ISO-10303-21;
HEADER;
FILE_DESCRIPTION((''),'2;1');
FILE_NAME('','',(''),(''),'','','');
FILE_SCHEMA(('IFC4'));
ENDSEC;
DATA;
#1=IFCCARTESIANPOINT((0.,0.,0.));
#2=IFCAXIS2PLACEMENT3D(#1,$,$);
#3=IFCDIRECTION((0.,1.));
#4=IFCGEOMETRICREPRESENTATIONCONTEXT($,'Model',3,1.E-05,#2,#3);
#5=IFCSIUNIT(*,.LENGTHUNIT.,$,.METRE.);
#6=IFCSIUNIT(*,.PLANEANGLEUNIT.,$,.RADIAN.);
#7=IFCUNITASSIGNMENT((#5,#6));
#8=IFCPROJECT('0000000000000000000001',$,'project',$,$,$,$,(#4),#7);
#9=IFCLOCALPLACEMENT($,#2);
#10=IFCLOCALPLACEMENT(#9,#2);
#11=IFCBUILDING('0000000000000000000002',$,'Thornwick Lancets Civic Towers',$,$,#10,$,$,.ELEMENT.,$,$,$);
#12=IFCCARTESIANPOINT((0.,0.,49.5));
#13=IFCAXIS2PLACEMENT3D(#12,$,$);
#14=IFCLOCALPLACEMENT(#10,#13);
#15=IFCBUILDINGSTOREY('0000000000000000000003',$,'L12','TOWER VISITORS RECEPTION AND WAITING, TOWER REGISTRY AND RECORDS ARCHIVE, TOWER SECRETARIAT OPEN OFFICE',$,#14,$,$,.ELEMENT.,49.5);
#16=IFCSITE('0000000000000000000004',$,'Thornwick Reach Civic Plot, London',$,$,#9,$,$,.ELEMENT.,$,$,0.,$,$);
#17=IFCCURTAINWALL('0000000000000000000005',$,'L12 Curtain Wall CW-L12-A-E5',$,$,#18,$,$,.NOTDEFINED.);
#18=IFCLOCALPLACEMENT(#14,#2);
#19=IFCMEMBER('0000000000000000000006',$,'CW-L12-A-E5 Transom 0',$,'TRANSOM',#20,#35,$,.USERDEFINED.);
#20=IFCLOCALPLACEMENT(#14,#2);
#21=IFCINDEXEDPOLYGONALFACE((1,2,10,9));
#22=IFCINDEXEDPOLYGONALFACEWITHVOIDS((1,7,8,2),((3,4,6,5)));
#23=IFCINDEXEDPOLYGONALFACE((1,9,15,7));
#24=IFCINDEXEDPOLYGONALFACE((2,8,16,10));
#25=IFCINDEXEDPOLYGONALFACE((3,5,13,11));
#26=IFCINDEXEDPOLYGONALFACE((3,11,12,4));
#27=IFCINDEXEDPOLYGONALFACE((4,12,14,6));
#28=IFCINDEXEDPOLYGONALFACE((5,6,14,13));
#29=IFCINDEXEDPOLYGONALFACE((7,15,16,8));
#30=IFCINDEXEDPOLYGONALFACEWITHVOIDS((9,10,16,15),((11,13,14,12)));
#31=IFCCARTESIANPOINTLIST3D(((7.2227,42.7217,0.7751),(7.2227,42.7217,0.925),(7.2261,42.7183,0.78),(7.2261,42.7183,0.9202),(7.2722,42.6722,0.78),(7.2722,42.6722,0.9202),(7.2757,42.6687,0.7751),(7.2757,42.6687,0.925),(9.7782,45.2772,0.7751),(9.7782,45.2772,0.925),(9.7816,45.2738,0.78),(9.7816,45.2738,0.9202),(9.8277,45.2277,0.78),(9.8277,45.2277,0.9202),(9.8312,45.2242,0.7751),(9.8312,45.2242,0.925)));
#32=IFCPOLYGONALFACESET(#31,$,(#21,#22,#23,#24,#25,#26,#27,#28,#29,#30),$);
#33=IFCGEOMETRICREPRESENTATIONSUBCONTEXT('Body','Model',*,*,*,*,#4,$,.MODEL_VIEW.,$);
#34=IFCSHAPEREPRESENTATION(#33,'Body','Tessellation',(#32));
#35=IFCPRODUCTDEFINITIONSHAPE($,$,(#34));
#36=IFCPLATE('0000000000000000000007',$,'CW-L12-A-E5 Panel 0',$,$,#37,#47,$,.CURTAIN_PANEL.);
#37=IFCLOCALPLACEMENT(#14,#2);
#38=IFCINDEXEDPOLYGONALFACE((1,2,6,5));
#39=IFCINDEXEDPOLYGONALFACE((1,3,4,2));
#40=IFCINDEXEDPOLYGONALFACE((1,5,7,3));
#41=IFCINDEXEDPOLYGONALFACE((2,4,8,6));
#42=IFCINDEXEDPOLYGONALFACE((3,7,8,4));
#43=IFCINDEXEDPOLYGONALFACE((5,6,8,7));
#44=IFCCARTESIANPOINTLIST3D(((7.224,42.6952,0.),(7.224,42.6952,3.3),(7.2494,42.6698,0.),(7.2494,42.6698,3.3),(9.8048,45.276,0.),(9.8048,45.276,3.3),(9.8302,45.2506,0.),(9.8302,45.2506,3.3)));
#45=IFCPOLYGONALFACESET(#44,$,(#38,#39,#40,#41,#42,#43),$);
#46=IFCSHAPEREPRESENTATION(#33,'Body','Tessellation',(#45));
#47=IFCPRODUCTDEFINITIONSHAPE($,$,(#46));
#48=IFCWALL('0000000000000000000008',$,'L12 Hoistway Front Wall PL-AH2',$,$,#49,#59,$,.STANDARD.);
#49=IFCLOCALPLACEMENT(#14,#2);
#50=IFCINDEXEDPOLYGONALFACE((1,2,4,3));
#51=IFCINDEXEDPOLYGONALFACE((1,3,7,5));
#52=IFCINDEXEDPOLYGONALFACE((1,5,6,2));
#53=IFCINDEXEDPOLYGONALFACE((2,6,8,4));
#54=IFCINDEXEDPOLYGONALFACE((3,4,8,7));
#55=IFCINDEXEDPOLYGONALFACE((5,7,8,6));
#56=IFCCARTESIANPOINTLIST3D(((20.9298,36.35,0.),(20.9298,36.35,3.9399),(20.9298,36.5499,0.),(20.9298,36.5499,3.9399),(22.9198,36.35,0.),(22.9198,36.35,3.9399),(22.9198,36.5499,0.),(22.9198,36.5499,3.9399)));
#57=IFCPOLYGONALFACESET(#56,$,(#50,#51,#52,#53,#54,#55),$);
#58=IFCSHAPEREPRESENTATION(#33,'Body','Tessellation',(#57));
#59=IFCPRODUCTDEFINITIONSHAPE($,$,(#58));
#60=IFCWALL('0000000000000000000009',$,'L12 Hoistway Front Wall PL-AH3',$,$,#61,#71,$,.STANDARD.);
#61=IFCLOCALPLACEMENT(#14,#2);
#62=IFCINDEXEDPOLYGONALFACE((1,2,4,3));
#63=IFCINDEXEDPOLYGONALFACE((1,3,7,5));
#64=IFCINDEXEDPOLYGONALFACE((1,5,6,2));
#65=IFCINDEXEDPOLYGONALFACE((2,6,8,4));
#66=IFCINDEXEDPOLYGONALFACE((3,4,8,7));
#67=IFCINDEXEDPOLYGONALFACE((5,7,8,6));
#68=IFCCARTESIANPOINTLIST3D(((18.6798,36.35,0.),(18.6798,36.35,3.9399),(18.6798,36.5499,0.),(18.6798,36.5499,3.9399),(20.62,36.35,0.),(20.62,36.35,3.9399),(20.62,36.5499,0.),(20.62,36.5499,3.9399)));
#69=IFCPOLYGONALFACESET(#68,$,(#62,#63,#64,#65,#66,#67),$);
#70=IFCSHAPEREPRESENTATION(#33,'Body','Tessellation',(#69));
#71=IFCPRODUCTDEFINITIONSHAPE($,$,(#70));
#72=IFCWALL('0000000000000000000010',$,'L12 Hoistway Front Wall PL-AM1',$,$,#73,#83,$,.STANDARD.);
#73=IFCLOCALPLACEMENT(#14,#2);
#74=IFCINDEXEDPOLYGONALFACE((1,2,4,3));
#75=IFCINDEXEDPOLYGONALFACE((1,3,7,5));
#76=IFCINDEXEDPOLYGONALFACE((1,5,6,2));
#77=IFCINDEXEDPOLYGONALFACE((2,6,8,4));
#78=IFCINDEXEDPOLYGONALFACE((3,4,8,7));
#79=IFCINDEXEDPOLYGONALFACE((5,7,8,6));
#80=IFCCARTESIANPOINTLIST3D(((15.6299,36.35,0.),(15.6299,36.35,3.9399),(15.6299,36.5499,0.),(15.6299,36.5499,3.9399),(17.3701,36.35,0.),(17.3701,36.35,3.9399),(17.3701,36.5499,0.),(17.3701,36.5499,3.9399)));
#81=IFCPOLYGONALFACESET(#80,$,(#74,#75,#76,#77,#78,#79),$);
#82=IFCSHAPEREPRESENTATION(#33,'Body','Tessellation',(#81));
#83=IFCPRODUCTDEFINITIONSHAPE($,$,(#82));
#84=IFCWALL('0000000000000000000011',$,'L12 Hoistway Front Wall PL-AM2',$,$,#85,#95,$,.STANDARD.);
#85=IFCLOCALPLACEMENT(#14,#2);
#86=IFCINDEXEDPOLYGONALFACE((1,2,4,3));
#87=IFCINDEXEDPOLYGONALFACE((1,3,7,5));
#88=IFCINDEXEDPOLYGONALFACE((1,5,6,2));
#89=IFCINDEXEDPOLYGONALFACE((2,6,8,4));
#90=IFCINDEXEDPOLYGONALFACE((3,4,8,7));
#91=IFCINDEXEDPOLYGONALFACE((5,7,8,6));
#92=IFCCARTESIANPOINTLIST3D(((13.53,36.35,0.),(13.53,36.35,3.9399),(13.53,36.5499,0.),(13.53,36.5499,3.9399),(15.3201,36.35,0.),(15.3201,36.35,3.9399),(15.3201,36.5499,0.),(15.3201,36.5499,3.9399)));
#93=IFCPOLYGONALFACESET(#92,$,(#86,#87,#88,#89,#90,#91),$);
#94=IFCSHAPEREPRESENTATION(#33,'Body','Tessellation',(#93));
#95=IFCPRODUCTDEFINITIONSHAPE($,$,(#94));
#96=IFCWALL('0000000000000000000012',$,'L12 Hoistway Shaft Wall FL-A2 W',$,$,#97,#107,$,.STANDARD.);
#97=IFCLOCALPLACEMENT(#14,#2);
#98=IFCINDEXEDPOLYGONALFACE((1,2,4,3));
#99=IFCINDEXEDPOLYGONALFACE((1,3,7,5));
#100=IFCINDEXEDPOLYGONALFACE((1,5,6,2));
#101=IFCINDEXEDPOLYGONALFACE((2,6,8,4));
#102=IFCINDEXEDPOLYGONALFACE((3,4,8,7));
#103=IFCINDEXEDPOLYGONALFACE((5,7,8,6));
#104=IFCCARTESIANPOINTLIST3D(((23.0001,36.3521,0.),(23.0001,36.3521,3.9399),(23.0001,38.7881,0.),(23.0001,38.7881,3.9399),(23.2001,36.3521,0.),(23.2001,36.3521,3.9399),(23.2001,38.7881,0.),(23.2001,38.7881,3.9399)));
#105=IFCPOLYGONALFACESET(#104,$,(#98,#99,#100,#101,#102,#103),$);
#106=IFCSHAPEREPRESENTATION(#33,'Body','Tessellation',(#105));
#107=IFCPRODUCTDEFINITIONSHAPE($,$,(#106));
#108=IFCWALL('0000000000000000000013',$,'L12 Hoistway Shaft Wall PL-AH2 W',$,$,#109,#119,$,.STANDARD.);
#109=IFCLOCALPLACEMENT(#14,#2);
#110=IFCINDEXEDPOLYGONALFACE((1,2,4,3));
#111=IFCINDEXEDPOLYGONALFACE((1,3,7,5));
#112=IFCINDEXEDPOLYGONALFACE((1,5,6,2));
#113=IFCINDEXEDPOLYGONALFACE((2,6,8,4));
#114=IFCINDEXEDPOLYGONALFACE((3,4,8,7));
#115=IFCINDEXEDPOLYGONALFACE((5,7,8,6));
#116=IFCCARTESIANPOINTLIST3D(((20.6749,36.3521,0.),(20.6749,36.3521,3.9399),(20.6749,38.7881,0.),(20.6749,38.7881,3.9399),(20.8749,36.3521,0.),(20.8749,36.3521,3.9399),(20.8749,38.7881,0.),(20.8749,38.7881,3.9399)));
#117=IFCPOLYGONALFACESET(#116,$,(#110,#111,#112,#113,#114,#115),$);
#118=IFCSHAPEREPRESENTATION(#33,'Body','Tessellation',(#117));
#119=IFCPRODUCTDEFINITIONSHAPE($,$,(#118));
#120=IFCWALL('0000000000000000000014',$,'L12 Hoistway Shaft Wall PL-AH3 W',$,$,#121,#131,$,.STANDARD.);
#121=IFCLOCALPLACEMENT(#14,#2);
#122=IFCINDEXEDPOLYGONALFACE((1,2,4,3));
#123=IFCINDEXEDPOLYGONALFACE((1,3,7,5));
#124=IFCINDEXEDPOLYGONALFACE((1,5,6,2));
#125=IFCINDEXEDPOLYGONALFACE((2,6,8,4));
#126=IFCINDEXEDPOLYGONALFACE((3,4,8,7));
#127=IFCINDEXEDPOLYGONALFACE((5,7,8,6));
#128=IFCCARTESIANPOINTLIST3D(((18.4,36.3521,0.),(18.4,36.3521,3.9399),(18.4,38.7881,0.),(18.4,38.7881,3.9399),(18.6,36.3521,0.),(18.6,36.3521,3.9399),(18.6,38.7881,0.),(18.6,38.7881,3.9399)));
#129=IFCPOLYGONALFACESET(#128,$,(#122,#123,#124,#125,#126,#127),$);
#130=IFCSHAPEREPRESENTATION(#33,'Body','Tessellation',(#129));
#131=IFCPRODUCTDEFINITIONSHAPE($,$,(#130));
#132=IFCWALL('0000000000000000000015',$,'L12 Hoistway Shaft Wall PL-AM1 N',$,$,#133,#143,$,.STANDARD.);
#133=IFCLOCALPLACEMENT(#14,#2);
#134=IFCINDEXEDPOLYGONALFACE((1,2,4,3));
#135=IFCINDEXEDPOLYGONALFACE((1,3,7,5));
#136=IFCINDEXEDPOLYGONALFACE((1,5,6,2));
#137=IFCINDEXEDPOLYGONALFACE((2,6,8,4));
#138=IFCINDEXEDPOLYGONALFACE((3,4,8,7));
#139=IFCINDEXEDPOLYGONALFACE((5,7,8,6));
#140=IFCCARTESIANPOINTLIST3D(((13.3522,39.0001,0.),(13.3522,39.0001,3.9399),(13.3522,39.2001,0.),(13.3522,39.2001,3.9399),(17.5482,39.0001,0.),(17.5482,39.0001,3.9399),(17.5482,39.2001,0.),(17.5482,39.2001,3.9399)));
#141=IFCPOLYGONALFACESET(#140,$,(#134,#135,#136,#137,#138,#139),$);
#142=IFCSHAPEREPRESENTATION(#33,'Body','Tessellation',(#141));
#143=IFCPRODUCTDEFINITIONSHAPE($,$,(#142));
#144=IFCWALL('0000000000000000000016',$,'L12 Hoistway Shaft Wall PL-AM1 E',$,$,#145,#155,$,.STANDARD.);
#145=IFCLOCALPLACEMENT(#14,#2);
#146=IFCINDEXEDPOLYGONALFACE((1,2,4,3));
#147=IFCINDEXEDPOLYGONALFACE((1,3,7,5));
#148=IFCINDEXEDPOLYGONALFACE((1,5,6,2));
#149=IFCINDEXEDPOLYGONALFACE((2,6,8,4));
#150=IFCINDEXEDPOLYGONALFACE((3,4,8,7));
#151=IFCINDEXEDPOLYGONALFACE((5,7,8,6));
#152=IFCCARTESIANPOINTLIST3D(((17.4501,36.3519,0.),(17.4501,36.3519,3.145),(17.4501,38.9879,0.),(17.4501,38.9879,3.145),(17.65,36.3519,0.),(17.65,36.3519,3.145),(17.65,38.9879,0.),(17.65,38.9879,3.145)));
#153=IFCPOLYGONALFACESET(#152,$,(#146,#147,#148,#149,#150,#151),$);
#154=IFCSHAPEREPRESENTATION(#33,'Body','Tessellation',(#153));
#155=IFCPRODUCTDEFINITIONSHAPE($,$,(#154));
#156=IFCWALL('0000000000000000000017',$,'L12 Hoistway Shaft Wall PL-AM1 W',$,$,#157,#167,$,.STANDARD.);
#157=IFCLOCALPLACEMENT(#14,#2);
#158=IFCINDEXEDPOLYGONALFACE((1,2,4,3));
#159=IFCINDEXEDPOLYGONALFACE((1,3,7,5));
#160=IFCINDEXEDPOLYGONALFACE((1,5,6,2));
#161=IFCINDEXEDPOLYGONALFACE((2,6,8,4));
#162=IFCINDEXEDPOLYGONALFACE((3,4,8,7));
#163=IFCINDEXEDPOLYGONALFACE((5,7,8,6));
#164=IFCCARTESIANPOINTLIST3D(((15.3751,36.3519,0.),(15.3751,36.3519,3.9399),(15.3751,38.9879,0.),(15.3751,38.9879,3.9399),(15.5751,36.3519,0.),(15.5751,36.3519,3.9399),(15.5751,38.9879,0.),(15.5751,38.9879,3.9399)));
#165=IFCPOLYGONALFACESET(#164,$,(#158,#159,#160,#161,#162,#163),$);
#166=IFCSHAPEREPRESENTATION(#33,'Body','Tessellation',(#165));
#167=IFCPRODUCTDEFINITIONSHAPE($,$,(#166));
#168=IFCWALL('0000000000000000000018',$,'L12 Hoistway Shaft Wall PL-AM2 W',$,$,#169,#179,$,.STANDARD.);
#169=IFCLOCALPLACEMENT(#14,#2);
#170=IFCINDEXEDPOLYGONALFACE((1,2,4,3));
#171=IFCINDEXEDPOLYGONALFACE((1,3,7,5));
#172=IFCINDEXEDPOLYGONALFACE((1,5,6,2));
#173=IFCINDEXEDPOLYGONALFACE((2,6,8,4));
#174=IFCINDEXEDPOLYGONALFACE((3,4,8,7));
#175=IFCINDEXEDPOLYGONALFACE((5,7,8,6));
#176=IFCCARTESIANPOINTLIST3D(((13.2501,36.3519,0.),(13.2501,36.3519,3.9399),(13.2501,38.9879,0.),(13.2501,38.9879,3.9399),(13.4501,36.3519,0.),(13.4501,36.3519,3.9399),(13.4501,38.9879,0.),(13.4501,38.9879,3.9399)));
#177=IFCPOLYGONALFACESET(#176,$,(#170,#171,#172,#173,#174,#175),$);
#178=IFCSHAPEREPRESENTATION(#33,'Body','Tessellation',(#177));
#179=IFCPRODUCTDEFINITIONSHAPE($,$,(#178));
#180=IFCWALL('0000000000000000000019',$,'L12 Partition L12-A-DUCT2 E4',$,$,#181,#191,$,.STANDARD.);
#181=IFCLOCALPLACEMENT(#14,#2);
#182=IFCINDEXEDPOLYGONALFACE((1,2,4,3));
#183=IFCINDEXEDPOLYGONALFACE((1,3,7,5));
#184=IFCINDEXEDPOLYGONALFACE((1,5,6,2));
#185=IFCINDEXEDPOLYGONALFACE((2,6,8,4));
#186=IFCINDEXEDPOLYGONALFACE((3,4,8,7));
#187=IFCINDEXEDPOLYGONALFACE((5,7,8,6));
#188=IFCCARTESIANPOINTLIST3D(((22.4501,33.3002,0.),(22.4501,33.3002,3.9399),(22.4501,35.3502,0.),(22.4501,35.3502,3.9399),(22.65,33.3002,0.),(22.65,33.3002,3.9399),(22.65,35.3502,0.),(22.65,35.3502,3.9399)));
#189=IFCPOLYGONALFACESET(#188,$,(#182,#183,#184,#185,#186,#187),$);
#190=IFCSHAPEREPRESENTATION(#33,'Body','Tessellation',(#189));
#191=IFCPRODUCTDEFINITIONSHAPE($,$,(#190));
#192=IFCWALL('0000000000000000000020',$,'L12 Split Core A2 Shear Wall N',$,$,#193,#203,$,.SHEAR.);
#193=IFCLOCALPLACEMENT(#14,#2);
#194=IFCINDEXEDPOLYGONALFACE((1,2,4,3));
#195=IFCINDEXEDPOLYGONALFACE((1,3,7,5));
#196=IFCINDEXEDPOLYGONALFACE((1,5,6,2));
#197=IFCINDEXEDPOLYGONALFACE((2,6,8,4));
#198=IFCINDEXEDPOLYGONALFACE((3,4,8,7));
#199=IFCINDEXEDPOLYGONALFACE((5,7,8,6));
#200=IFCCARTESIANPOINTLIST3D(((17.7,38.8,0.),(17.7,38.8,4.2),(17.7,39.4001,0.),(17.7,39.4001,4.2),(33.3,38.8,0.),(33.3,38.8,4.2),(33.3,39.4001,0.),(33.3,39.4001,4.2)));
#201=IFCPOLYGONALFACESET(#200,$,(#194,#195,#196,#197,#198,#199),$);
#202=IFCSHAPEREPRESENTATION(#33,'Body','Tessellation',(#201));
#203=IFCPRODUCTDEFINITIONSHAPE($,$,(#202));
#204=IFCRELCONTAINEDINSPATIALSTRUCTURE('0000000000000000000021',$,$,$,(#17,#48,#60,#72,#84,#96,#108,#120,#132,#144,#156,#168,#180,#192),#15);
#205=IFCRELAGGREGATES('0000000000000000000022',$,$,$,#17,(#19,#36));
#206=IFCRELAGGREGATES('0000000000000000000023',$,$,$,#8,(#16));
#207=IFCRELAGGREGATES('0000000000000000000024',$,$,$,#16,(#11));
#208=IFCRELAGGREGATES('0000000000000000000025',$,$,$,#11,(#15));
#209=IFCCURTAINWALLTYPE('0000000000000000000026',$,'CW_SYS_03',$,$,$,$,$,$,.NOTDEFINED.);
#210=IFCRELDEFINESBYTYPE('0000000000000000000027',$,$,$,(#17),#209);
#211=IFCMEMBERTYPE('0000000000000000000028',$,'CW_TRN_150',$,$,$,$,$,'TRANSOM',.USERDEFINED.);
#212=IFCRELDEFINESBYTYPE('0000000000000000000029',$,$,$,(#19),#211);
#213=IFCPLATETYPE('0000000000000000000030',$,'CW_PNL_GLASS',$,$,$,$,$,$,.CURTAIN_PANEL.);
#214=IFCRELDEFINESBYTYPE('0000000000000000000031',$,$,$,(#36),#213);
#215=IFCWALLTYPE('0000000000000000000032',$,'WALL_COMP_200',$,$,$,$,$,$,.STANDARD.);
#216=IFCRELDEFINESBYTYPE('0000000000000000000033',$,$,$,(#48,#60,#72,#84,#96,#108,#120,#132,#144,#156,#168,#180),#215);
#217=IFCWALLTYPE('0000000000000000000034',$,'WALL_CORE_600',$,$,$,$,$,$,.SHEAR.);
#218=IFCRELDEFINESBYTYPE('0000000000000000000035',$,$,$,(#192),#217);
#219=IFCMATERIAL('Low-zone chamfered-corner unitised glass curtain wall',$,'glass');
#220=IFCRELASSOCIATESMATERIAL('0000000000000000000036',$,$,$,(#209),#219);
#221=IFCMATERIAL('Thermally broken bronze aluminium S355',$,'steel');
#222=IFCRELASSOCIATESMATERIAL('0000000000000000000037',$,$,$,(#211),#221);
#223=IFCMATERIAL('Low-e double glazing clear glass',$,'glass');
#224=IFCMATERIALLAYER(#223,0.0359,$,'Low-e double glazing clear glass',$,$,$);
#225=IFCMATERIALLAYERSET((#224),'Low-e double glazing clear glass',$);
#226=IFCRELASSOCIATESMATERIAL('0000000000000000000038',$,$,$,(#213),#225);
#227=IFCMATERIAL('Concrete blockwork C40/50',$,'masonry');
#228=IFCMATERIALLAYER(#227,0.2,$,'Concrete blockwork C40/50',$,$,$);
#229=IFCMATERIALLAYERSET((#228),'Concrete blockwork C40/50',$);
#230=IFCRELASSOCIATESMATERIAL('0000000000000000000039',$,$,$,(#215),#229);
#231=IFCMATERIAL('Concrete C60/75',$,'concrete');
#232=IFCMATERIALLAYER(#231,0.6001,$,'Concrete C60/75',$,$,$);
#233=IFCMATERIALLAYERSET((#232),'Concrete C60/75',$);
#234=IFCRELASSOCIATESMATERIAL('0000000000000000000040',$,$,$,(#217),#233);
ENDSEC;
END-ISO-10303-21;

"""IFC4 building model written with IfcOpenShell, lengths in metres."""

from ifc_helpers import new_model, si_unit, direction, frame, frame_2d, origin, origin_2d, place, context, subcontext, project, spatial, rectangle, hollow_rectangle, extrude, material, layer, layer_set, material_profile, profile_set, type_object, element, aggregate, save


model = new_model("IFC4")

# Units and contexts
model_context = context("Model", 3, precision=1e-05, world=origin(), true_north=direction((0.0, 1.0)))
body_context = subcontext(model_context, "Body", "Model", "MODEL_VIEW")
ifc_project = project(units=[si_unit("LENGTHUNIT", "METRE"), si_unit("PLANEANGLEUNIT", "RADIAN")], contexts=[model_context])

# Site, building, storey
site_placement = place(None, origin())
site = spatial("IfcSite", under=ifc_project, at=site_placement, Name="Thornwick Reach Civic Plot, London", CompositionType="ELEMENT", RefElevation=0.0)
building_placement = place(site_placement, origin())
building = spatial("IfcBuilding", under=site, at=building_placement, Name="Thornwick Lancets Civic Towers", CompositionType="ELEMENT")
storey_placement = place(building_placement, frame((0.0, 0.0, 49.5)))
storey = spatial("IfcBuildingStorey", under=building, at=storey_placement, Name="L12", Description="TOWER VISITORS RECEPTION AND WAITING, TOWER REGISTRY AND RECORDS ARCHIVE, TOWER SECRETARIAT OPEN OFFICE", CompositionType="ELEMENT", Elevation=49.5)

# Shared definitions
ifc_material_1 = material(Name="Concrete C60/75", Category="concrete")

# Curtain wall, member, plate
ifc_material_2 = material(Name="Low-zone chamfered-corner unitised glass curtain wall", Category="glass")
curtain_wall_type = type_object("IfcCurtainWallType", Name="CW_SYS_03", PredefinedType="NOTDEFINED", material=ifc_material_2)
curtain_wall_placement = place(storey_placement, origin())
curtain_wall = element("IfcCurtainWall", 1, at=curtain_wall_placement, inside=storey, type_object=curtain_wall_type, Name="L12 Curtain Wall CW-L12-A-E5", PredefinedType="NOTDEFINED")
ifc_material_3 = material(Name="Thermally broken bronze aluminium S355", Category="steel")
ifc_material_profile_1 = material_profile(ifc_material_3, hollow_rectangle(XDim=0.075, YDim=0.1499, WallThickness=0.0049, at=origin_2d()), Name="RHS 150x75x5")
ifc_profile_set_1 = profile_set([ifc_material_profile_1], Name="Thermally broken bronze aluminium S355")
member_type_1 = type_object("IfcMemberType", Name="CW_TRN_150", ElementType="TRANSOM", PredefinedType="USERDEFINED", material=ifc_profile_set_1)
member_1_placement = place(storey_placement, frame((9.8047, 45.2507, 0.8501), z_axis=(-0.707107, -0.707107, 0.0), x_axis=(0.707107, -0.707107, 0.0)))
member_1 = element("IfcMember", 2, at=member_1_placement, type_object=member_type_1, Name="CW-L12-A-E5 Transom 0", ObjectType="TRANSOM", PredefinedType="USERDEFINED", context=body_context, shape_type="SweptSolid", body=[
    extrude(hollow_rectangle(XDim=0.075, YDim=0.1499, WallThickness=0.0049, at=origin_2d()), origin(), (0.0, 0.0, 1.0), 3.614),
])
ifc_material_4 = material(Name="Low-e double glazing clear glass", Category="glass")
ifc_layer_1 = layer(ifc_material_4, 0.0359, Name="Low-e double glazing clear glass")
ifc_layer_set_1 = layer_set([ifc_layer_1], Name="Low-e double glazing clear glass")
plate_type = type_object("IfcPlateType", Name="CW_PNL_GLASS", PredefinedType="CURTAIN_PANEL", material=ifc_layer_set_1)
plate_placement = place(storey_placement, frame((8.5271, 43.9729, 0.0), z_axis=(0.0, 0.0, 1.0), x_axis=(-0.707107, -0.707107, 0.0)))
plate = element("IfcPlate", 3, at=plate_placement, type_object=plate_type, Name="CW-L12-A-E5 Panel 0", PredefinedType="CURTAIN_PANEL", context=body_context, shape_type="SweptSolid", body=[
    extrude(rectangle(XDim=3.6499, YDim=0.0359, at=origin_2d()), origin(), (0.0, 0.0, 1.0), 3.3),
])
aggregate(curtain_wall, [member_1, plate])

# Walls
ifc_material_5 = material(Name="Concrete blockwork C40/50", Category="masonry")
ifc_layer_2 = layer(ifc_material_5, 0.2, Name="Concrete blockwork C40/50")
ifc_layer_set_2 = layer_set([ifc_layer_2], Name="Concrete blockwork C40/50")
wall_type_1 = type_object("IfcWallType", Name="WALL_COMP_200", PredefinedType="STANDARD", material=ifc_layer_set_2)
wall_1_placement = place(storey_placement, frame((22.9199, 36.45, 0.0), z_axis=(0.0, 0.0, 1.0), x_axis=(-1.0, 0.0, 0.0)))
element("IfcWall", 4, at=wall_1_placement, inside=storey, type_object=wall_type_1, Name="L12 Hoistway Front Wall PL-AH2", PredefinedType="STANDARD", context=body_context, shape_type="SweptSolid", body=[
    extrude(rectangle(XDim=1.99, YDim=0.2, at=frame_2d((0.9951, 0.0))), origin(), (0.0, 0.0, 1.0), 3.9399),
])
wall_2_placement = place(storey_placement, frame((20.6201, 36.45, 0.0), z_axis=(0.0, 0.0, 1.0), x_axis=(-1.0, 0.0, 0.0)))
element("IfcWall", 5, at=wall_2_placement, inside=storey, type_object=wall_type_1, Name="L12 Hoistway Front Wall PL-AH3", PredefinedType="STANDARD", context=body_context, shape_type="SweptSolid", body=[
    extrude(rectangle(XDim=1.9402, YDim=0.2, at=frame_2d((0.9702, 0.0))), origin(), (0.0, 0.0, 1.0), 3.9399),
])
wall_3_placement = place(storey_placement, frame((17.3701, 36.45, 0.0), z_axis=(0.0, 0.0, 1.0), x_axis=(-1.0, 0.0, 0.0)))
element("IfcWall", 6, at=wall_3_placement, inside=storey, type_object=wall_type_1, Name="L12 Hoistway Front Wall PL-AM1", PredefinedType="STANDARD", context=body_context, shape_type="SweptSolid", body=[
    extrude(rectangle(XDim=1.7402, YDim=0.2, at=frame_2d((0.8701, 0.0))), origin(), (0.0, 0.0, 1.0), 3.9399),
])
wall_4_placement = place(storey_placement, frame((15.3201, 36.45, 0.0), z_axis=(0.0, 0.0, 1.0), x_axis=(-1.0, 0.0, 0.0)))
element("IfcWall", 7, at=wall_4_placement, inside=storey, type_object=wall_type_1, Name="L12 Hoistway Front Wall PL-AM2", PredefinedType="STANDARD", context=body_context, shape_type="SweptSolid", body=[
    extrude(rectangle(XDim=1.79, YDim=0.2, at=frame_2d((0.895, 0.0))), origin(), (0.0, 0.0, 1.0), 3.9399),
])
for number, where, z_axis, x_axis, name in (
    (8, (23.1001, 36.3521, 0.0), (0.0, 0.0, 1.0), (0.0, 1.0, 0.0), "L12 Hoistway Shaft Wall FL-A2 W"),
    (9, (20.7749, 36.3521, 0.0), (0.0, 0.0, 1.0), (0.0, 1.0, 0.0), "L12 Hoistway Shaft Wall PL-AH2 W"),
    (10, (18.5, 36.3521, 0.0), (0.0, 0.0, 1.0), (0.0, 1.0, 0.0), "L12 Hoistway Shaft Wall PL-AH3 W"),
):
    element("IfcWall", number, at=place(storey_placement, frame(where, z_axis=z_axis, x_axis=x_axis)), inside=storey, type_object=wall_type_1, Name=name, PredefinedType="STANDARD", context=body_context, shape_type="SweptSolid", body=[
        extrude(rectangle(XDim=2.436, YDim=0.2, at=frame_2d((1.218, 0.0))), origin(), (0.0, 0.0, 1.0), 3.9399),
    ])
wall_5_placement = place(storey_placement, frame((13.3521, 39.1001, 0.0), z_axis=(0.0, 0.0, 1.0), x_axis=(1.0, 0.0, 0.0)))
element("IfcWall", 11, at=wall_5_placement, inside=storey, type_object=wall_type_1, Name="L12 Hoistway Shaft Wall PL-AM1 N", PredefinedType="STANDARD", context=body_context, shape_type="SweptSolid", body=[
    extrude(rectangle(XDim=4.196, YDim=0.2, at=frame_2d((2.0981, 0.0))), origin(), (0.0, 0.0, 1.0), 3.9399),
])
wall_6_placement = place(storey_placement, frame((17.55, 36.3521, 0.0), z_axis=(0.0, 0.0, 1.0), x_axis=(0.0, 1.0, 0.0)))
element("IfcWall", 12, at=wall_6_placement, inside=storey, type_object=wall_type_1, Name="L12 Hoistway Shaft Wall PL-AM1 E", PredefinedType="STANDARD", context=body_context, shape_type="SweptSolid", body=[
    extrude(rectangle(XDim=2.636, YDim=0.2, at=frame_2d((1.3179, 0.0))), origin(), (0.0, 0.0, 1.0), 3.145),
])
for number, where, z_axis, x_axis, name in (
    (13, (15.4751, 36.3521, 0.0), (0.0, 0.0, 1.0), (0.0, 1.0, 0.0), "L12 Hoistway Shaft Wall PL-AM1 W"),
    (14, (13.3501, 36.3521, 0.0), (0.0, 0.0, 1.0), (0.0, 1.0, 0.0), "L12 Hoistway Shaft Wall PL-AM2 W"),
):
    element("IfcWall", number, at=place(storey_placement, frame(where, z_axis=z_axis, x_axis=x_axis)), inside=storey, type_object=wall_type_1, Name=name, PredefinedType="STANDARD", context=body_context, shape_type="SweptSolid", body=[
        extrude(rectangle(XDim=2.636, YDim=0.2, at=frame_2d((1.3179, 0.0))), origin(), (0.0, 0.0, 1.0), 3.9399),
    ])
wall_7_placement = place(storey_placement, frame((22.55, 35.3501, 0.0), z_axis=(0.0, 0.0, 1.0), x_axis=(0.0, -1.0, 0.0)))
element("IfcWall", 15, at=wall_7_placement, inside=storey, type_object=wall_type_1, Name="L12 Partition L12-A-DUCT2 E4", PredefinedType="STANDARD", context=body_context, shape_type="SweptSolid", body=[
    extrude(rectangle(XDim=2.05, YDim=0.2, at=frame_2d((1.0249, 0.0))), origin(), (0.0, 0.0, 1.0), 3.9399),
])
ifc_layer_3 = layer(ifc_material_1, 0.6001, Name="Concrete C60/75")
ifc_layer_set_3 = layer_set([ifc_layer_3], Name="Concrete C60/75")
wall_type_2 = type_object("IfcWallType", Name="WALL_CORE_600", PredefinedType="SHEAR", material=ifc_layer_set_3)
wall_8_placement = place(storey_placement, frame((17.7, 39.1001, 0.0), z_axis=(0.0, 0.0, 1.0), x_axis=(1.0, 0.0, 0.0)))
element("IfcWall", 16, at=wall_8_placement, inside=storey, type_object=wall_type_2, Name="L12 Split Core A2 Shear Wall N", PredefinedType="SHEAR", context=body_context, shape_type="SweptSolid", body=[
    extrude(rectangle(XDim=15.6001, YDim=0.6001, at=frame_2d((7.8, 0.0))), origin(), (0.0, 0.0, 1.0), 4.2),
])

save(model, "model.ifc")
